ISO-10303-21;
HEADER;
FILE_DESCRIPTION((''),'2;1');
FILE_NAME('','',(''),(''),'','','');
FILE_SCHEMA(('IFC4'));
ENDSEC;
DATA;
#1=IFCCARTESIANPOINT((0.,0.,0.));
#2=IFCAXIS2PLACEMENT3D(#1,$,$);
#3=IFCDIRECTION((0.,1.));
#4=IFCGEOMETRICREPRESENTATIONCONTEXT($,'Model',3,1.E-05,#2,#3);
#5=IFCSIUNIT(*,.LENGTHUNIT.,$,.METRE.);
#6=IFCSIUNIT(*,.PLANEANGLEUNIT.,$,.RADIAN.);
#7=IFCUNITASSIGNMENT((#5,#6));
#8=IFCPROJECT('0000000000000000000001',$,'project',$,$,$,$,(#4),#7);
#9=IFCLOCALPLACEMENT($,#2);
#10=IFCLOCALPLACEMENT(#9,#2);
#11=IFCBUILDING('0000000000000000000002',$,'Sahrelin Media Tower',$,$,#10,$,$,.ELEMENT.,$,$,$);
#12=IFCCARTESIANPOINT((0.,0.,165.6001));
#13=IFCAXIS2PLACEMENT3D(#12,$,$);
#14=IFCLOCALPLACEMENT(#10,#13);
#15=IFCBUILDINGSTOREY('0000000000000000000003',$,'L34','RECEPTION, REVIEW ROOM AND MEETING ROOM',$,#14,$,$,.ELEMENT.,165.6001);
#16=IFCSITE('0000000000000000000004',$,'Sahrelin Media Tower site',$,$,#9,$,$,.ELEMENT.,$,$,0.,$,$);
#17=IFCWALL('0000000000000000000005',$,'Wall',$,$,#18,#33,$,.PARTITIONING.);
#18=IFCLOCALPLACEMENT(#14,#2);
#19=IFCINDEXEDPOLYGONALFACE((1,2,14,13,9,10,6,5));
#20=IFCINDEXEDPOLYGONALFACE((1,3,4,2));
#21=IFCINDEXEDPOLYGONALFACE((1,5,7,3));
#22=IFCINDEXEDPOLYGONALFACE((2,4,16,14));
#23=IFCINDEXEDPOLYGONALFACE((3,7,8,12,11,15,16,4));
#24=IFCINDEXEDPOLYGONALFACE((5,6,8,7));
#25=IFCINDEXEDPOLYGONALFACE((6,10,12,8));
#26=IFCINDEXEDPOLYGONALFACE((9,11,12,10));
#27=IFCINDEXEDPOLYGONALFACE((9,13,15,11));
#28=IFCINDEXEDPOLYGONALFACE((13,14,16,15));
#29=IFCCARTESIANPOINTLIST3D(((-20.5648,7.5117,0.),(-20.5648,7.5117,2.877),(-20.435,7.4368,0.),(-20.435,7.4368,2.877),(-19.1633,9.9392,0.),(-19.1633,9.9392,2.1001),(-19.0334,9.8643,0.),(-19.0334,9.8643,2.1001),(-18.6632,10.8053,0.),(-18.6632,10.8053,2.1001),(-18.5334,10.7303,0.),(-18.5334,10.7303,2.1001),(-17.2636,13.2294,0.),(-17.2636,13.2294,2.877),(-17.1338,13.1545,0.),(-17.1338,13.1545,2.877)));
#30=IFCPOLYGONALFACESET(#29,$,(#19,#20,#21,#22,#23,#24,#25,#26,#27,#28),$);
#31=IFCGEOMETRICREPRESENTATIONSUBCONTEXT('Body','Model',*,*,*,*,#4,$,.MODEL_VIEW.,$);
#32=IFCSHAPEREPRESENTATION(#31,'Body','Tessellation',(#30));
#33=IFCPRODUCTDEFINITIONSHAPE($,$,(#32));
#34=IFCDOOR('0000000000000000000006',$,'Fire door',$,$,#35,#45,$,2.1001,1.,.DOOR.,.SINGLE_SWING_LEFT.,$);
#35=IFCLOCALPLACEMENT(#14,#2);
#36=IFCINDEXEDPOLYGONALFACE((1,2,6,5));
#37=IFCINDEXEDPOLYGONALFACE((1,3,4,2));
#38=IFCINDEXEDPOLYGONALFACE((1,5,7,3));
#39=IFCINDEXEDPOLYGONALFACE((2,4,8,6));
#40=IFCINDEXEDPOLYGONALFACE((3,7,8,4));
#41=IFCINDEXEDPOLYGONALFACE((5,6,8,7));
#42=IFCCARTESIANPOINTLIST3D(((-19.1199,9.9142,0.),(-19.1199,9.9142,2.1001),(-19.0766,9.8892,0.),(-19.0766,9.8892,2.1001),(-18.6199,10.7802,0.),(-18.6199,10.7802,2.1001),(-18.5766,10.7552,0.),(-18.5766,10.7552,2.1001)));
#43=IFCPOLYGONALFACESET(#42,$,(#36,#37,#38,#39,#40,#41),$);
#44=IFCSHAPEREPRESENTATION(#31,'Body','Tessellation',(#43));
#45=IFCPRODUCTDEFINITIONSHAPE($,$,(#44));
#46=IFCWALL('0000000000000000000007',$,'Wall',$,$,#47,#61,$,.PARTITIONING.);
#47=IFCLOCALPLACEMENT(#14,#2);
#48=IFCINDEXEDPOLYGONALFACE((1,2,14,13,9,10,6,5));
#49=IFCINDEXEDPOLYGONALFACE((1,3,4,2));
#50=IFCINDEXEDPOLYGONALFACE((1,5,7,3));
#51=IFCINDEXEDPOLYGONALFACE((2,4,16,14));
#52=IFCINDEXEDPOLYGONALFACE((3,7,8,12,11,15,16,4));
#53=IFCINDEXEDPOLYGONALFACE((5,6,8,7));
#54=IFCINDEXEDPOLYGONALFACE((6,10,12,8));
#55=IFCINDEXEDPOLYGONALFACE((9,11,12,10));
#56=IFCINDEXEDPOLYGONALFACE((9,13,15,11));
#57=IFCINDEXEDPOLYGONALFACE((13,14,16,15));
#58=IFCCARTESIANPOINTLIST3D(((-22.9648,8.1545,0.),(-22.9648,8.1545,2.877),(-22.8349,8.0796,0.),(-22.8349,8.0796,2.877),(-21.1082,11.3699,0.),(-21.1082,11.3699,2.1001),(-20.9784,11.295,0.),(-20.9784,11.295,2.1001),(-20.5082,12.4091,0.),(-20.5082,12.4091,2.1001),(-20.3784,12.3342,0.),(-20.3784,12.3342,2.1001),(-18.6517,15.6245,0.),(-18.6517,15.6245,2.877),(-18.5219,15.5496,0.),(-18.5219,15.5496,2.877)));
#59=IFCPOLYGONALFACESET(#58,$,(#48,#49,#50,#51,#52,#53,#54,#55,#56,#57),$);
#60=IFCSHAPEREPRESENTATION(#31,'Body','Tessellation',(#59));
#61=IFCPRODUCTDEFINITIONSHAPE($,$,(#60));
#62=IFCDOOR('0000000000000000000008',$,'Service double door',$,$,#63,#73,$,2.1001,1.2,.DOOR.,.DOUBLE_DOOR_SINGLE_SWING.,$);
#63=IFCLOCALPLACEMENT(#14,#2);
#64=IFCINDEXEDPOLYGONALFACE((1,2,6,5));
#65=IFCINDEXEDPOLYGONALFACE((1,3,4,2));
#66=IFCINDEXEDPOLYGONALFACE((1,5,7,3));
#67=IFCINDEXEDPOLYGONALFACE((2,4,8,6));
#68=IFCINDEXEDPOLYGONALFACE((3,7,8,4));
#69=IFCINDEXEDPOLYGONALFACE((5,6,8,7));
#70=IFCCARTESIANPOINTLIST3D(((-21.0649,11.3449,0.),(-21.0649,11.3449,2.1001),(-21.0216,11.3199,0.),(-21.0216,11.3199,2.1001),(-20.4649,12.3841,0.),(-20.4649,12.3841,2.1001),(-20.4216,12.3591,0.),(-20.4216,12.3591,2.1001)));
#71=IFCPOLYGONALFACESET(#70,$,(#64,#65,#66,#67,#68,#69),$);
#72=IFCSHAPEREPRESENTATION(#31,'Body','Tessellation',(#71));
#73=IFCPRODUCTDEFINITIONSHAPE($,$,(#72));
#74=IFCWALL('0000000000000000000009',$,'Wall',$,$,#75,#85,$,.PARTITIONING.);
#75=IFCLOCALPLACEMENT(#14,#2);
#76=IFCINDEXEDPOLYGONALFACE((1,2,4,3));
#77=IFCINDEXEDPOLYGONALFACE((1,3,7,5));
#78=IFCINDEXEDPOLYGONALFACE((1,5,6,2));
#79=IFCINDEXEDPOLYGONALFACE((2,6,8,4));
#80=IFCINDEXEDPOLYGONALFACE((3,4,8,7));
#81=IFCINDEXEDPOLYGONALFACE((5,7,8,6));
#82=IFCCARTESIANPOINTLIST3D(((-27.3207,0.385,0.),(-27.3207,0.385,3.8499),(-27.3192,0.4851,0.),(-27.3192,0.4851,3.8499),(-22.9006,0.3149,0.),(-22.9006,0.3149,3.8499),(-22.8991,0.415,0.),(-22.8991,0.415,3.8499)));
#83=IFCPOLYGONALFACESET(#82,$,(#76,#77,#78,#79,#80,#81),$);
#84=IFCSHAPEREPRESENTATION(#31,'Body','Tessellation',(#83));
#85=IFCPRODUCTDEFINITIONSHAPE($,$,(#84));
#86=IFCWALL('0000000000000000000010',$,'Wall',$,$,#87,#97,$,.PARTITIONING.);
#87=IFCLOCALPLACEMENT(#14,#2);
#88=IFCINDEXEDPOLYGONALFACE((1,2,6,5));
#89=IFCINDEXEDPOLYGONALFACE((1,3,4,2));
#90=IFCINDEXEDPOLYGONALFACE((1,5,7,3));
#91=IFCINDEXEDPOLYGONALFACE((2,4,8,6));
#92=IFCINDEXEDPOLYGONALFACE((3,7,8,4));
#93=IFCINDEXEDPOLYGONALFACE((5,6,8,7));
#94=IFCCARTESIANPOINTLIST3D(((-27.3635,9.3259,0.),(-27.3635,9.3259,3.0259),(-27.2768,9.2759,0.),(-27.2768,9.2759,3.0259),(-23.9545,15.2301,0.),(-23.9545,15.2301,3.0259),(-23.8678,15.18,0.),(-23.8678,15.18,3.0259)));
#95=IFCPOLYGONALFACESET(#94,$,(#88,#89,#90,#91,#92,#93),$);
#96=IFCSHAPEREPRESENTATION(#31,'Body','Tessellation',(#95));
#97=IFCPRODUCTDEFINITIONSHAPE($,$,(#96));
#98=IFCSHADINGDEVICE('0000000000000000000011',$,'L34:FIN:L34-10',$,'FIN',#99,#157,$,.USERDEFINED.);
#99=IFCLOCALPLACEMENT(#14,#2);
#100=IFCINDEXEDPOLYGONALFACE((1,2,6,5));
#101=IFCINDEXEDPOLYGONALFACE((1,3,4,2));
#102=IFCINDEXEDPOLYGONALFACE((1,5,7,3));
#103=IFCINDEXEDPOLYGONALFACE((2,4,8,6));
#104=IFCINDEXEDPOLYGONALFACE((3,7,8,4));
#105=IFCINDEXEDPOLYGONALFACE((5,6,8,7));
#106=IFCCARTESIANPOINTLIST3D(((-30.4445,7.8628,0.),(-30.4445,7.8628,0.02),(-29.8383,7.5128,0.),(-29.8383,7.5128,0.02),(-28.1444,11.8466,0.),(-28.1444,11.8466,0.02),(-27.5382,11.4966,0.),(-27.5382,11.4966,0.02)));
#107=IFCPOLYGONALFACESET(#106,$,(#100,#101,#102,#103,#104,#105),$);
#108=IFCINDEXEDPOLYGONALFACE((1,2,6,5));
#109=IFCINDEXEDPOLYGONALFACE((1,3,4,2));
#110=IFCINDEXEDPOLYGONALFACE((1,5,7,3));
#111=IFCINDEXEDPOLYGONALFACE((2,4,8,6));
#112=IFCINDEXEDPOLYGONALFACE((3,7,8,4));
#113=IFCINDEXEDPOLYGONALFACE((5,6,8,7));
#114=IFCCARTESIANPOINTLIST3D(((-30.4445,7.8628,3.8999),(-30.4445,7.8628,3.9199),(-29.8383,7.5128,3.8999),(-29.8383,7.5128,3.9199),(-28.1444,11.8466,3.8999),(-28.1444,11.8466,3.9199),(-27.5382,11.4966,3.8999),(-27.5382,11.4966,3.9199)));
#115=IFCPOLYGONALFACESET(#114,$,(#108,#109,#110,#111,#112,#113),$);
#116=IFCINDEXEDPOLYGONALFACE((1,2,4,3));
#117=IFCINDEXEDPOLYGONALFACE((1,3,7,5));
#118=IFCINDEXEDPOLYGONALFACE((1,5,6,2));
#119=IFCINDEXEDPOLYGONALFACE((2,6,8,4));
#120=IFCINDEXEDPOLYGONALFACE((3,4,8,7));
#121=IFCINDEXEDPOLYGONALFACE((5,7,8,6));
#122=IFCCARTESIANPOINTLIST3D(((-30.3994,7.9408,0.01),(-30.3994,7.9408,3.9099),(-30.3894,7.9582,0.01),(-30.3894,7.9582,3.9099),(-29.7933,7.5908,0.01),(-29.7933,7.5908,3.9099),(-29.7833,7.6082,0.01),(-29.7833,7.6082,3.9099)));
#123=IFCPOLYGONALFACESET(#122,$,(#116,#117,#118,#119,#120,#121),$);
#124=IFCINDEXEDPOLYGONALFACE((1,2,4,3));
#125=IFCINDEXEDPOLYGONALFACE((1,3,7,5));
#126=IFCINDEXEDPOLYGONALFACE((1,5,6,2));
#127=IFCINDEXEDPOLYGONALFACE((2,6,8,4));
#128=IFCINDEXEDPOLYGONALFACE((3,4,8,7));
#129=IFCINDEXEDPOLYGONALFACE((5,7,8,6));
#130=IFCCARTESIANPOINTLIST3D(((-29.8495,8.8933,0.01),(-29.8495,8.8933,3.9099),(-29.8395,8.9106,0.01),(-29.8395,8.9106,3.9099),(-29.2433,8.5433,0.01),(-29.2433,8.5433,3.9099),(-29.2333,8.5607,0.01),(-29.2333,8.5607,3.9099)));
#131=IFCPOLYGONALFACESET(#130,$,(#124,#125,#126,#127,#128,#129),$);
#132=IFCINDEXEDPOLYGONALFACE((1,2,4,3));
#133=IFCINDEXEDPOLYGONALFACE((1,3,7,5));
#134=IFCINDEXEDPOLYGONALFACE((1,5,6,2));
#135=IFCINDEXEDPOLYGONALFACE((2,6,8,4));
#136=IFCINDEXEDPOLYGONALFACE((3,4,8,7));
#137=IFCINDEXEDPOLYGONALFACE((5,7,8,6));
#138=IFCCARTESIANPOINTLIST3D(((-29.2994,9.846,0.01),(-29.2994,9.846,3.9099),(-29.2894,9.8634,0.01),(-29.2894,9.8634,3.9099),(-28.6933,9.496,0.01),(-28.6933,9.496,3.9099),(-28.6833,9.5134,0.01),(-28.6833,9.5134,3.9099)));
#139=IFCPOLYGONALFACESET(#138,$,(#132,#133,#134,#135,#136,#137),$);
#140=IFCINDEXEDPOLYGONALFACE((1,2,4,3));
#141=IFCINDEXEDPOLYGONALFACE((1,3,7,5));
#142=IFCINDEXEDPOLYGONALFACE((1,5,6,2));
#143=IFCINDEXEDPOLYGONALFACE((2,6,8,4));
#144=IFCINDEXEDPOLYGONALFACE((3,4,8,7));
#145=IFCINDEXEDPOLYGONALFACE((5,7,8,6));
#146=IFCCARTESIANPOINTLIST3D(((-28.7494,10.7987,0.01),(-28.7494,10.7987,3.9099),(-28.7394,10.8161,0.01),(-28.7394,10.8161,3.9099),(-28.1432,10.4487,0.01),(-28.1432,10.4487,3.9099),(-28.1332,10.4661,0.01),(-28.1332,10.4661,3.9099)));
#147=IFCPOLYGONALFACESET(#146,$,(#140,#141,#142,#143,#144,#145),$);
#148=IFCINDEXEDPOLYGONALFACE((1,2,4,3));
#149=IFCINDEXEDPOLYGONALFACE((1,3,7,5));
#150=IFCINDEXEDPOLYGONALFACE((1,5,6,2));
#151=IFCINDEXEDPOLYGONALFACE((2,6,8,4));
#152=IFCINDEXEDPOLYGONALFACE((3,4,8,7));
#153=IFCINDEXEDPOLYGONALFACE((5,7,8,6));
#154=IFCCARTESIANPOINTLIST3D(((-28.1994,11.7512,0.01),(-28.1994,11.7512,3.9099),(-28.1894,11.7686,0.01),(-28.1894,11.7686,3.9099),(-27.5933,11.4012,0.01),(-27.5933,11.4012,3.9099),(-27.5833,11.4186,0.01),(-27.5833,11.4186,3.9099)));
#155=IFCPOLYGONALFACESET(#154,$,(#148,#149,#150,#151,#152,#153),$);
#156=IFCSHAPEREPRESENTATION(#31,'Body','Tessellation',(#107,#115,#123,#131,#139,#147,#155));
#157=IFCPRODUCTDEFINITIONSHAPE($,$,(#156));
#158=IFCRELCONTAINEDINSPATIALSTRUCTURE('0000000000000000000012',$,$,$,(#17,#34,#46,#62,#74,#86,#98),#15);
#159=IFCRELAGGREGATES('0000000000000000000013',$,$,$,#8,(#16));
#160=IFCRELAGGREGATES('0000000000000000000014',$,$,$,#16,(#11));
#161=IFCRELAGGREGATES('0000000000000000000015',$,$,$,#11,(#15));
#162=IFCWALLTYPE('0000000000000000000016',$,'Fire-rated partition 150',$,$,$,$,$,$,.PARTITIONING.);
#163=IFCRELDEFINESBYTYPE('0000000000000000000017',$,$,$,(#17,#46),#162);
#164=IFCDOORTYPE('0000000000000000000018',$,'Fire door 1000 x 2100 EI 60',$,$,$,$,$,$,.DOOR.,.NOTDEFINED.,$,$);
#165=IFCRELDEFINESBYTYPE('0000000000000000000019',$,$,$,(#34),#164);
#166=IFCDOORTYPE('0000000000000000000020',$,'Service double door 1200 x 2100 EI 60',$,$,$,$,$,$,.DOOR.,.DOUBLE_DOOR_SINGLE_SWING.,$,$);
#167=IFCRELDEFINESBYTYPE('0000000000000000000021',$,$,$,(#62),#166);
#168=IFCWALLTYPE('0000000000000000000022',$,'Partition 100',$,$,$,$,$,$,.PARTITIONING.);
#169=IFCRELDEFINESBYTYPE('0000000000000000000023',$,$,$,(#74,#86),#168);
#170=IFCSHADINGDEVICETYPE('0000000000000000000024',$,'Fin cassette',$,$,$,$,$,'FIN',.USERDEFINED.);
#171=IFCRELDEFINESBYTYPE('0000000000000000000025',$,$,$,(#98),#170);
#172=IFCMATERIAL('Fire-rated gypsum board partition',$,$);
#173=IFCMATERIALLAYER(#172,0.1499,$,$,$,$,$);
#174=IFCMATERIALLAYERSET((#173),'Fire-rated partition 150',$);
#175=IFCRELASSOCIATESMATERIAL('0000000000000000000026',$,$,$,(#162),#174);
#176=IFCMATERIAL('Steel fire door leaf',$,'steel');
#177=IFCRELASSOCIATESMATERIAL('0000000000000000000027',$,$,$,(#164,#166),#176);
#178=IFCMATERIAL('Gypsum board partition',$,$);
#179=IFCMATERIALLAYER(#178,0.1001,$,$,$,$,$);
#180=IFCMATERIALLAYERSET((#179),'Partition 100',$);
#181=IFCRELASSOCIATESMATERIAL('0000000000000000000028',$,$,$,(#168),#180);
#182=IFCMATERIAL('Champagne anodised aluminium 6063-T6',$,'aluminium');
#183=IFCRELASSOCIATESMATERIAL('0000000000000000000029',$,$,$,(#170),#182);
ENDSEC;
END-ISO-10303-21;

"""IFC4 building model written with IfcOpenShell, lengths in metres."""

from ifc_helpers import new_model, si_unit, direction, frame, frame_2d, origin, origin_2d, place, context, subcontext, project, spatial, rectangle, extrude, material, layer, layer_set, type_object, element, fill, save


model = new_model("IFC4")

# Units and contexts
model_context = context("Model", 3, precision=1e-05, world=origin(), true_north=direction((0.0, 1.0)))
body_context = subcontext(model_context, "Body", "Model", "MODEL_VIEW")
ifc_project = project(units=[si_unit("LENGTHUNIT", "METRE"), si_unit("PLANEANGLEUNIT", "RADIAN")], contexts=[model_context])

# Site, building, storey
site_placement = place(None, origin())
site = spatial("IfcSite", under=ifc_project, at=site_placement, Name="Sahrelin Media Tower site", CompositionType="ELEMENT", RefElevation=0.0)
building_placement = place(site_placement, origin())
building = spatial("IfcBuilding", under=site, at=building_placement, Name="Sahrelin Media Tower", CompositionType="ELEMENT")
storey_placement = place(building_placement, frame((0.0, 0.0, 165.6001)))
storey = spatial("IfcBuildingStorey", under=building, at=storey_placement, Name="L34", Description="RECEPTION, REVIEW ROOM AND MEETING ROOM", CompositionType="ELEMENT", Elevation=165.6001)

# Shared definitions
ifc_material_1 = material(Name="Champagne anodised aluminium 6063-T6", Category="aluminium")

# Shared definitions
ifc_material_2 = material(Name="Fire-rated gypsum board partition")
ifc_layer_1 = layer(ifc_material_2, 0.1499)
ifc_layer_set_1 = layer_set([ifc_layer_1], Name="Fire-rated partition 150")
wall_type_1 = type_object("IfcWallType", Name="Fire-rated partition 150", PredefinedType="PARTITIONING", material=ifc_layer_set_1)

# Walls, openings, doors
wall_1_placement = place(storey_placement, frame((-20.5, 7.4741, 0.0), z_axis=(0.0, 0.0, 1.0), x_axis=(0.500013, 0.866018, 0.0)))
wall_1 = element("IfcWall", 1, at=wall_1_placement, inside=storey, type_object=wall_type_1, Name="Wall", PredefinedType="PARTITIONING", context=body_context, shape_type="SweptSolid", body=[
    extrude(rectangle(XDim=6.6023, YDim=0.1499, at=frame_2d((3.3013, 0.0))), origin(), (0.0, 0.0, 1.0), 2.877),
])
opening_1_placement = place(wall_1_placement, frame((2.8032, 0.0, 0.0)))
opening_1 = element("IfcOpeningElement", 2, at=opening_1_placement, cuts=wall_1, PredefinedType="OPENING", context=body_context, shape_type="SweptSolid", body=[
    extrude(rectangle(XDim=1.0, YDim=2.1001, at=frame_2d((0.5, 1.05))), frame((0.0, 0.075, 0.0), z_axis=(0.0, -1.0, 0.0), x_axis=(1.0, 0.0, 0.0)), (0.0, 0.0, 1.0), 0.1499),
])
ifc_material_3 = material(Name="Steel fire door leaf", Category="steel")
door_type_1 = type_object("IfcDoorType", Name="Fire door 1000 x 2100 EI 60", OperationType="NOTDEFINED", PredefinedType="DOOR", material=ifc_material_3)
door_1_placement = place(opening_1_placement, origin())
door_1 = element("IfcDoor", 3, at=door_1_placement, inside=storey, type_object=door_type_1, Name="Fire door", OperationType="SINGLE_SWING_LEFT", OverallHeight=2.1001, OverallWidth=1.0, PredefinedType="DOOR", context=body_context, shape_type="SweptSolid", body=[
    extrude(rectangle(XDim=1.0, YDim=2.1001, at=frame_2d((0.5, 1.05))), frame((0.0, 0.0249, 0.0), z_axis=(0.0, -1.0, 0.0), x_axis=(1.0, 0.0, 0.0)), (0.0, 0.0, 1.0), 0.05),
])
fill(opening_1, door_1)
wall_2_placement = place(storey_placement, frame((-22.8999, 8.1169, 0.0), z_axis=(0.0, 0.0, 1.0), x_axis=(0.500017, 0.866015, 0.0)))
wall_2 = element("IfcWall", 4, at=wall_2_placement, inside=storey, type_object=wall_type_1, Name="Wall", PredefinedType="PARTITIONING", context=body_context, shape_type="SweptSolid", body=[
    extrude(rectangle(XDim=8.6257, YDim=0.1499, at=frame_2d((4.313, 0.0))), origin(), (0.0, 0.0, 1.0), 2.877),
])
opening_2_placement = place(wall_2_placement, frame((3.7129, 0.0, 0.0)))
opening_2 = element("IfcOpeningElement", 5, at=opening_2_placement, cuts=wall_2, PredefinedType="OPENING", context=body_context, shape_type="SweptSolid", body=[
    extrude(rectangle(XDim=1.2, YDim=2.1001, at=frame_2d((0.6001, 1.05))), frame((0.0, 0.075, 0.0), z_axis=(0.0, -1.0, 0.0), x_axis=(1.0, 0.0, 0.0)), (0.0, 0.0, 1.0), 0.1499),
])
door_type_2 = type_object("IfcDoorType", Name="Service double door 1200 x 2100 EI 60", OperationType="DOUBLE_DOOR_SINGLE_SWING", PredefinedType="DOOR", material=ifc_material_3)
door_2_placement = place(opening_2_placement, origin())
door_2 = element("IfcDoor", 6, at=door_2_placement, inside=storey, type_object=door_type_2, Name="Service double door", OperationType="DOUBLE_DOOR_SINGLE_SWING", OverallHeight=2.1001, OverallWidth=1.2, PredefinedType="DOOR", context=body_context, shape_type="SweptSolid", body=[
    extrude(rectangle(XDim=1.2, YDim=2.1001, at=frame_2d((0.6001, 1.05))), frame((0.0, 0.0249, 0.0), z_axis=(0.0, -1.0, 0.0), x_axis=(1.0, 0.0, 0.0)), (0.0, 0.0, 1.0), 0.05),
])
fill(opening_2, door_2)

# Walls
ifc_material_4 = material(Name="Gypsum board partition")
ifc_layer_2 = layer(ifc_material_4, 0.1001)
ifc_layer_set_2 = layer_set([ifc_layer_2], Name="Partition 100")
wall_type_2 = type_object("IfcWallType", Name="Partition 100", PredefinedType="PARTITIONING", material=ifc_layer_set_2)
wall_3_placement = place(storey_placement, frame((-27.3201, 0.4351, 0.0), z_axis=(0.0, 0.0, 1.0), x_axis=(0.999874, -0.01585, 0.0)))
element("IfcWall", 7, at=wall_3_placement, inside=storey, type_object=wall_type_2, Name="Wall", PredefinedType="PARTITIONING", context=body_context, shape_type="SweptSolid", body=[
    extrude(rectangle(XDim=4.4207, YDim=0.1001, at=frame_2d((2.2104, 0.0))), origin(), (0.0, 0.0, 1.0), 3.8499),
])
wall_4_placement = place(storey_placement, frame((-27.3201, 9.301, 0.0), z_axis=(0.0, 0.0, 1.0), x_axis=(0.500025, 0.866011, 0.0)))
element("IfcWall", 8, at=wall_4_placement, inside=storey, type_object=wall_type_2, Name="Wall", PredefinedType="PARTITIONING", context=body_context, shape_type="SweptSolid", body=[
    extrude(rectangle(XDim=6.8176, YDim=0.1001, at=frame_2d((3.4087, 0.0))), origin(), (0.0, 0.0, 1.0), 3.0259),
])

# Shading device
shading_device_type_1 = type_object("IfcShadingDeviceType", Name="Fin cassette", ElementType="FIN", PredefinedType="USERDEFINED", material=ifc_material_1)
placement_1 = place(storey_placement, frame((-28.6277, 9.4697, 0.0), z_axis=(0.0, 0.0, 1.0), x_axis=(0.500011, 0.866019, 0.0)))
element("IfcShadingDevice", 9, at=placement_1, inside=storey, type_object=shading_device_type_1, Name="L34:FIN:L34-10", ObjectType="FIN", PredefinedType="USERDEFINED", context=body_context, shape_type="SweptSolid", body=[
    extrude(rectangle(XDim=4.6001, YDim=0.7, at=origin_2d()), frame((0.0, 0.4199, 0.0)), (0.0, 0.0, 1.0), 0.02),
    extrude(rectangle(XDim=4.6001, YDim=0.7, at=origin_2d()), frame((0.0, 0.4199, 3.8999)), (0.0, 0.0, 1.0), 0.02),
    extrude(rectangle(XDim=0.02, YDim=0.7, at=origin_2d()), frame((-2.2, 0.4199, 0.01), z_axis=(0.0, 0.0, 1.0), x_axis=(1.0, 0.0, 0.0)), (0.0, 0.0, 1.0), 3.8999),
    extrude(rectangle(XDim=0.02, YDim=0.7, at=origin_2d()), frame((-1.1001, 0.4199, 0.01), z_axis=(0.0, 0.0, 1.0), x_axis=(1.0, 0.0, 0.0)), (0.0, 0.0, 1.0), 3.8999),
    extrude(rectangle(XDim=0.02, YDim=0.7, at=origin_2d()), frame((0.0, 0.4199, 0.01), z_axis=(0.0, 0.0, 1.0), x_axis=(1.0, 0.0, 0.0)), (0.0, 0.0, 1.0), 3.8999),
    extrude(rectangle(XDim=0.02, YDim=0.7, at=origin_2d()), frame((1.1001, 0.4199, 0.01), z_axis=(0.0, 0.0, 1.0), x_axis=(1.0, 0.0, 0.0)), (0.0, 0.0, 1.0), 3.8999),
    extrude(rectangle(XDim=0.02, YDim=0.7, at=origin_2d()), frame((2.2, 0.4199, 0.01), z_axis=(0.0, 0.0, 1.0), x_axis=(1.0, 0.0, 0.0)), (0.0, 0.0, 1.0), 3.8999),
])

save(model, "model.ifc")
